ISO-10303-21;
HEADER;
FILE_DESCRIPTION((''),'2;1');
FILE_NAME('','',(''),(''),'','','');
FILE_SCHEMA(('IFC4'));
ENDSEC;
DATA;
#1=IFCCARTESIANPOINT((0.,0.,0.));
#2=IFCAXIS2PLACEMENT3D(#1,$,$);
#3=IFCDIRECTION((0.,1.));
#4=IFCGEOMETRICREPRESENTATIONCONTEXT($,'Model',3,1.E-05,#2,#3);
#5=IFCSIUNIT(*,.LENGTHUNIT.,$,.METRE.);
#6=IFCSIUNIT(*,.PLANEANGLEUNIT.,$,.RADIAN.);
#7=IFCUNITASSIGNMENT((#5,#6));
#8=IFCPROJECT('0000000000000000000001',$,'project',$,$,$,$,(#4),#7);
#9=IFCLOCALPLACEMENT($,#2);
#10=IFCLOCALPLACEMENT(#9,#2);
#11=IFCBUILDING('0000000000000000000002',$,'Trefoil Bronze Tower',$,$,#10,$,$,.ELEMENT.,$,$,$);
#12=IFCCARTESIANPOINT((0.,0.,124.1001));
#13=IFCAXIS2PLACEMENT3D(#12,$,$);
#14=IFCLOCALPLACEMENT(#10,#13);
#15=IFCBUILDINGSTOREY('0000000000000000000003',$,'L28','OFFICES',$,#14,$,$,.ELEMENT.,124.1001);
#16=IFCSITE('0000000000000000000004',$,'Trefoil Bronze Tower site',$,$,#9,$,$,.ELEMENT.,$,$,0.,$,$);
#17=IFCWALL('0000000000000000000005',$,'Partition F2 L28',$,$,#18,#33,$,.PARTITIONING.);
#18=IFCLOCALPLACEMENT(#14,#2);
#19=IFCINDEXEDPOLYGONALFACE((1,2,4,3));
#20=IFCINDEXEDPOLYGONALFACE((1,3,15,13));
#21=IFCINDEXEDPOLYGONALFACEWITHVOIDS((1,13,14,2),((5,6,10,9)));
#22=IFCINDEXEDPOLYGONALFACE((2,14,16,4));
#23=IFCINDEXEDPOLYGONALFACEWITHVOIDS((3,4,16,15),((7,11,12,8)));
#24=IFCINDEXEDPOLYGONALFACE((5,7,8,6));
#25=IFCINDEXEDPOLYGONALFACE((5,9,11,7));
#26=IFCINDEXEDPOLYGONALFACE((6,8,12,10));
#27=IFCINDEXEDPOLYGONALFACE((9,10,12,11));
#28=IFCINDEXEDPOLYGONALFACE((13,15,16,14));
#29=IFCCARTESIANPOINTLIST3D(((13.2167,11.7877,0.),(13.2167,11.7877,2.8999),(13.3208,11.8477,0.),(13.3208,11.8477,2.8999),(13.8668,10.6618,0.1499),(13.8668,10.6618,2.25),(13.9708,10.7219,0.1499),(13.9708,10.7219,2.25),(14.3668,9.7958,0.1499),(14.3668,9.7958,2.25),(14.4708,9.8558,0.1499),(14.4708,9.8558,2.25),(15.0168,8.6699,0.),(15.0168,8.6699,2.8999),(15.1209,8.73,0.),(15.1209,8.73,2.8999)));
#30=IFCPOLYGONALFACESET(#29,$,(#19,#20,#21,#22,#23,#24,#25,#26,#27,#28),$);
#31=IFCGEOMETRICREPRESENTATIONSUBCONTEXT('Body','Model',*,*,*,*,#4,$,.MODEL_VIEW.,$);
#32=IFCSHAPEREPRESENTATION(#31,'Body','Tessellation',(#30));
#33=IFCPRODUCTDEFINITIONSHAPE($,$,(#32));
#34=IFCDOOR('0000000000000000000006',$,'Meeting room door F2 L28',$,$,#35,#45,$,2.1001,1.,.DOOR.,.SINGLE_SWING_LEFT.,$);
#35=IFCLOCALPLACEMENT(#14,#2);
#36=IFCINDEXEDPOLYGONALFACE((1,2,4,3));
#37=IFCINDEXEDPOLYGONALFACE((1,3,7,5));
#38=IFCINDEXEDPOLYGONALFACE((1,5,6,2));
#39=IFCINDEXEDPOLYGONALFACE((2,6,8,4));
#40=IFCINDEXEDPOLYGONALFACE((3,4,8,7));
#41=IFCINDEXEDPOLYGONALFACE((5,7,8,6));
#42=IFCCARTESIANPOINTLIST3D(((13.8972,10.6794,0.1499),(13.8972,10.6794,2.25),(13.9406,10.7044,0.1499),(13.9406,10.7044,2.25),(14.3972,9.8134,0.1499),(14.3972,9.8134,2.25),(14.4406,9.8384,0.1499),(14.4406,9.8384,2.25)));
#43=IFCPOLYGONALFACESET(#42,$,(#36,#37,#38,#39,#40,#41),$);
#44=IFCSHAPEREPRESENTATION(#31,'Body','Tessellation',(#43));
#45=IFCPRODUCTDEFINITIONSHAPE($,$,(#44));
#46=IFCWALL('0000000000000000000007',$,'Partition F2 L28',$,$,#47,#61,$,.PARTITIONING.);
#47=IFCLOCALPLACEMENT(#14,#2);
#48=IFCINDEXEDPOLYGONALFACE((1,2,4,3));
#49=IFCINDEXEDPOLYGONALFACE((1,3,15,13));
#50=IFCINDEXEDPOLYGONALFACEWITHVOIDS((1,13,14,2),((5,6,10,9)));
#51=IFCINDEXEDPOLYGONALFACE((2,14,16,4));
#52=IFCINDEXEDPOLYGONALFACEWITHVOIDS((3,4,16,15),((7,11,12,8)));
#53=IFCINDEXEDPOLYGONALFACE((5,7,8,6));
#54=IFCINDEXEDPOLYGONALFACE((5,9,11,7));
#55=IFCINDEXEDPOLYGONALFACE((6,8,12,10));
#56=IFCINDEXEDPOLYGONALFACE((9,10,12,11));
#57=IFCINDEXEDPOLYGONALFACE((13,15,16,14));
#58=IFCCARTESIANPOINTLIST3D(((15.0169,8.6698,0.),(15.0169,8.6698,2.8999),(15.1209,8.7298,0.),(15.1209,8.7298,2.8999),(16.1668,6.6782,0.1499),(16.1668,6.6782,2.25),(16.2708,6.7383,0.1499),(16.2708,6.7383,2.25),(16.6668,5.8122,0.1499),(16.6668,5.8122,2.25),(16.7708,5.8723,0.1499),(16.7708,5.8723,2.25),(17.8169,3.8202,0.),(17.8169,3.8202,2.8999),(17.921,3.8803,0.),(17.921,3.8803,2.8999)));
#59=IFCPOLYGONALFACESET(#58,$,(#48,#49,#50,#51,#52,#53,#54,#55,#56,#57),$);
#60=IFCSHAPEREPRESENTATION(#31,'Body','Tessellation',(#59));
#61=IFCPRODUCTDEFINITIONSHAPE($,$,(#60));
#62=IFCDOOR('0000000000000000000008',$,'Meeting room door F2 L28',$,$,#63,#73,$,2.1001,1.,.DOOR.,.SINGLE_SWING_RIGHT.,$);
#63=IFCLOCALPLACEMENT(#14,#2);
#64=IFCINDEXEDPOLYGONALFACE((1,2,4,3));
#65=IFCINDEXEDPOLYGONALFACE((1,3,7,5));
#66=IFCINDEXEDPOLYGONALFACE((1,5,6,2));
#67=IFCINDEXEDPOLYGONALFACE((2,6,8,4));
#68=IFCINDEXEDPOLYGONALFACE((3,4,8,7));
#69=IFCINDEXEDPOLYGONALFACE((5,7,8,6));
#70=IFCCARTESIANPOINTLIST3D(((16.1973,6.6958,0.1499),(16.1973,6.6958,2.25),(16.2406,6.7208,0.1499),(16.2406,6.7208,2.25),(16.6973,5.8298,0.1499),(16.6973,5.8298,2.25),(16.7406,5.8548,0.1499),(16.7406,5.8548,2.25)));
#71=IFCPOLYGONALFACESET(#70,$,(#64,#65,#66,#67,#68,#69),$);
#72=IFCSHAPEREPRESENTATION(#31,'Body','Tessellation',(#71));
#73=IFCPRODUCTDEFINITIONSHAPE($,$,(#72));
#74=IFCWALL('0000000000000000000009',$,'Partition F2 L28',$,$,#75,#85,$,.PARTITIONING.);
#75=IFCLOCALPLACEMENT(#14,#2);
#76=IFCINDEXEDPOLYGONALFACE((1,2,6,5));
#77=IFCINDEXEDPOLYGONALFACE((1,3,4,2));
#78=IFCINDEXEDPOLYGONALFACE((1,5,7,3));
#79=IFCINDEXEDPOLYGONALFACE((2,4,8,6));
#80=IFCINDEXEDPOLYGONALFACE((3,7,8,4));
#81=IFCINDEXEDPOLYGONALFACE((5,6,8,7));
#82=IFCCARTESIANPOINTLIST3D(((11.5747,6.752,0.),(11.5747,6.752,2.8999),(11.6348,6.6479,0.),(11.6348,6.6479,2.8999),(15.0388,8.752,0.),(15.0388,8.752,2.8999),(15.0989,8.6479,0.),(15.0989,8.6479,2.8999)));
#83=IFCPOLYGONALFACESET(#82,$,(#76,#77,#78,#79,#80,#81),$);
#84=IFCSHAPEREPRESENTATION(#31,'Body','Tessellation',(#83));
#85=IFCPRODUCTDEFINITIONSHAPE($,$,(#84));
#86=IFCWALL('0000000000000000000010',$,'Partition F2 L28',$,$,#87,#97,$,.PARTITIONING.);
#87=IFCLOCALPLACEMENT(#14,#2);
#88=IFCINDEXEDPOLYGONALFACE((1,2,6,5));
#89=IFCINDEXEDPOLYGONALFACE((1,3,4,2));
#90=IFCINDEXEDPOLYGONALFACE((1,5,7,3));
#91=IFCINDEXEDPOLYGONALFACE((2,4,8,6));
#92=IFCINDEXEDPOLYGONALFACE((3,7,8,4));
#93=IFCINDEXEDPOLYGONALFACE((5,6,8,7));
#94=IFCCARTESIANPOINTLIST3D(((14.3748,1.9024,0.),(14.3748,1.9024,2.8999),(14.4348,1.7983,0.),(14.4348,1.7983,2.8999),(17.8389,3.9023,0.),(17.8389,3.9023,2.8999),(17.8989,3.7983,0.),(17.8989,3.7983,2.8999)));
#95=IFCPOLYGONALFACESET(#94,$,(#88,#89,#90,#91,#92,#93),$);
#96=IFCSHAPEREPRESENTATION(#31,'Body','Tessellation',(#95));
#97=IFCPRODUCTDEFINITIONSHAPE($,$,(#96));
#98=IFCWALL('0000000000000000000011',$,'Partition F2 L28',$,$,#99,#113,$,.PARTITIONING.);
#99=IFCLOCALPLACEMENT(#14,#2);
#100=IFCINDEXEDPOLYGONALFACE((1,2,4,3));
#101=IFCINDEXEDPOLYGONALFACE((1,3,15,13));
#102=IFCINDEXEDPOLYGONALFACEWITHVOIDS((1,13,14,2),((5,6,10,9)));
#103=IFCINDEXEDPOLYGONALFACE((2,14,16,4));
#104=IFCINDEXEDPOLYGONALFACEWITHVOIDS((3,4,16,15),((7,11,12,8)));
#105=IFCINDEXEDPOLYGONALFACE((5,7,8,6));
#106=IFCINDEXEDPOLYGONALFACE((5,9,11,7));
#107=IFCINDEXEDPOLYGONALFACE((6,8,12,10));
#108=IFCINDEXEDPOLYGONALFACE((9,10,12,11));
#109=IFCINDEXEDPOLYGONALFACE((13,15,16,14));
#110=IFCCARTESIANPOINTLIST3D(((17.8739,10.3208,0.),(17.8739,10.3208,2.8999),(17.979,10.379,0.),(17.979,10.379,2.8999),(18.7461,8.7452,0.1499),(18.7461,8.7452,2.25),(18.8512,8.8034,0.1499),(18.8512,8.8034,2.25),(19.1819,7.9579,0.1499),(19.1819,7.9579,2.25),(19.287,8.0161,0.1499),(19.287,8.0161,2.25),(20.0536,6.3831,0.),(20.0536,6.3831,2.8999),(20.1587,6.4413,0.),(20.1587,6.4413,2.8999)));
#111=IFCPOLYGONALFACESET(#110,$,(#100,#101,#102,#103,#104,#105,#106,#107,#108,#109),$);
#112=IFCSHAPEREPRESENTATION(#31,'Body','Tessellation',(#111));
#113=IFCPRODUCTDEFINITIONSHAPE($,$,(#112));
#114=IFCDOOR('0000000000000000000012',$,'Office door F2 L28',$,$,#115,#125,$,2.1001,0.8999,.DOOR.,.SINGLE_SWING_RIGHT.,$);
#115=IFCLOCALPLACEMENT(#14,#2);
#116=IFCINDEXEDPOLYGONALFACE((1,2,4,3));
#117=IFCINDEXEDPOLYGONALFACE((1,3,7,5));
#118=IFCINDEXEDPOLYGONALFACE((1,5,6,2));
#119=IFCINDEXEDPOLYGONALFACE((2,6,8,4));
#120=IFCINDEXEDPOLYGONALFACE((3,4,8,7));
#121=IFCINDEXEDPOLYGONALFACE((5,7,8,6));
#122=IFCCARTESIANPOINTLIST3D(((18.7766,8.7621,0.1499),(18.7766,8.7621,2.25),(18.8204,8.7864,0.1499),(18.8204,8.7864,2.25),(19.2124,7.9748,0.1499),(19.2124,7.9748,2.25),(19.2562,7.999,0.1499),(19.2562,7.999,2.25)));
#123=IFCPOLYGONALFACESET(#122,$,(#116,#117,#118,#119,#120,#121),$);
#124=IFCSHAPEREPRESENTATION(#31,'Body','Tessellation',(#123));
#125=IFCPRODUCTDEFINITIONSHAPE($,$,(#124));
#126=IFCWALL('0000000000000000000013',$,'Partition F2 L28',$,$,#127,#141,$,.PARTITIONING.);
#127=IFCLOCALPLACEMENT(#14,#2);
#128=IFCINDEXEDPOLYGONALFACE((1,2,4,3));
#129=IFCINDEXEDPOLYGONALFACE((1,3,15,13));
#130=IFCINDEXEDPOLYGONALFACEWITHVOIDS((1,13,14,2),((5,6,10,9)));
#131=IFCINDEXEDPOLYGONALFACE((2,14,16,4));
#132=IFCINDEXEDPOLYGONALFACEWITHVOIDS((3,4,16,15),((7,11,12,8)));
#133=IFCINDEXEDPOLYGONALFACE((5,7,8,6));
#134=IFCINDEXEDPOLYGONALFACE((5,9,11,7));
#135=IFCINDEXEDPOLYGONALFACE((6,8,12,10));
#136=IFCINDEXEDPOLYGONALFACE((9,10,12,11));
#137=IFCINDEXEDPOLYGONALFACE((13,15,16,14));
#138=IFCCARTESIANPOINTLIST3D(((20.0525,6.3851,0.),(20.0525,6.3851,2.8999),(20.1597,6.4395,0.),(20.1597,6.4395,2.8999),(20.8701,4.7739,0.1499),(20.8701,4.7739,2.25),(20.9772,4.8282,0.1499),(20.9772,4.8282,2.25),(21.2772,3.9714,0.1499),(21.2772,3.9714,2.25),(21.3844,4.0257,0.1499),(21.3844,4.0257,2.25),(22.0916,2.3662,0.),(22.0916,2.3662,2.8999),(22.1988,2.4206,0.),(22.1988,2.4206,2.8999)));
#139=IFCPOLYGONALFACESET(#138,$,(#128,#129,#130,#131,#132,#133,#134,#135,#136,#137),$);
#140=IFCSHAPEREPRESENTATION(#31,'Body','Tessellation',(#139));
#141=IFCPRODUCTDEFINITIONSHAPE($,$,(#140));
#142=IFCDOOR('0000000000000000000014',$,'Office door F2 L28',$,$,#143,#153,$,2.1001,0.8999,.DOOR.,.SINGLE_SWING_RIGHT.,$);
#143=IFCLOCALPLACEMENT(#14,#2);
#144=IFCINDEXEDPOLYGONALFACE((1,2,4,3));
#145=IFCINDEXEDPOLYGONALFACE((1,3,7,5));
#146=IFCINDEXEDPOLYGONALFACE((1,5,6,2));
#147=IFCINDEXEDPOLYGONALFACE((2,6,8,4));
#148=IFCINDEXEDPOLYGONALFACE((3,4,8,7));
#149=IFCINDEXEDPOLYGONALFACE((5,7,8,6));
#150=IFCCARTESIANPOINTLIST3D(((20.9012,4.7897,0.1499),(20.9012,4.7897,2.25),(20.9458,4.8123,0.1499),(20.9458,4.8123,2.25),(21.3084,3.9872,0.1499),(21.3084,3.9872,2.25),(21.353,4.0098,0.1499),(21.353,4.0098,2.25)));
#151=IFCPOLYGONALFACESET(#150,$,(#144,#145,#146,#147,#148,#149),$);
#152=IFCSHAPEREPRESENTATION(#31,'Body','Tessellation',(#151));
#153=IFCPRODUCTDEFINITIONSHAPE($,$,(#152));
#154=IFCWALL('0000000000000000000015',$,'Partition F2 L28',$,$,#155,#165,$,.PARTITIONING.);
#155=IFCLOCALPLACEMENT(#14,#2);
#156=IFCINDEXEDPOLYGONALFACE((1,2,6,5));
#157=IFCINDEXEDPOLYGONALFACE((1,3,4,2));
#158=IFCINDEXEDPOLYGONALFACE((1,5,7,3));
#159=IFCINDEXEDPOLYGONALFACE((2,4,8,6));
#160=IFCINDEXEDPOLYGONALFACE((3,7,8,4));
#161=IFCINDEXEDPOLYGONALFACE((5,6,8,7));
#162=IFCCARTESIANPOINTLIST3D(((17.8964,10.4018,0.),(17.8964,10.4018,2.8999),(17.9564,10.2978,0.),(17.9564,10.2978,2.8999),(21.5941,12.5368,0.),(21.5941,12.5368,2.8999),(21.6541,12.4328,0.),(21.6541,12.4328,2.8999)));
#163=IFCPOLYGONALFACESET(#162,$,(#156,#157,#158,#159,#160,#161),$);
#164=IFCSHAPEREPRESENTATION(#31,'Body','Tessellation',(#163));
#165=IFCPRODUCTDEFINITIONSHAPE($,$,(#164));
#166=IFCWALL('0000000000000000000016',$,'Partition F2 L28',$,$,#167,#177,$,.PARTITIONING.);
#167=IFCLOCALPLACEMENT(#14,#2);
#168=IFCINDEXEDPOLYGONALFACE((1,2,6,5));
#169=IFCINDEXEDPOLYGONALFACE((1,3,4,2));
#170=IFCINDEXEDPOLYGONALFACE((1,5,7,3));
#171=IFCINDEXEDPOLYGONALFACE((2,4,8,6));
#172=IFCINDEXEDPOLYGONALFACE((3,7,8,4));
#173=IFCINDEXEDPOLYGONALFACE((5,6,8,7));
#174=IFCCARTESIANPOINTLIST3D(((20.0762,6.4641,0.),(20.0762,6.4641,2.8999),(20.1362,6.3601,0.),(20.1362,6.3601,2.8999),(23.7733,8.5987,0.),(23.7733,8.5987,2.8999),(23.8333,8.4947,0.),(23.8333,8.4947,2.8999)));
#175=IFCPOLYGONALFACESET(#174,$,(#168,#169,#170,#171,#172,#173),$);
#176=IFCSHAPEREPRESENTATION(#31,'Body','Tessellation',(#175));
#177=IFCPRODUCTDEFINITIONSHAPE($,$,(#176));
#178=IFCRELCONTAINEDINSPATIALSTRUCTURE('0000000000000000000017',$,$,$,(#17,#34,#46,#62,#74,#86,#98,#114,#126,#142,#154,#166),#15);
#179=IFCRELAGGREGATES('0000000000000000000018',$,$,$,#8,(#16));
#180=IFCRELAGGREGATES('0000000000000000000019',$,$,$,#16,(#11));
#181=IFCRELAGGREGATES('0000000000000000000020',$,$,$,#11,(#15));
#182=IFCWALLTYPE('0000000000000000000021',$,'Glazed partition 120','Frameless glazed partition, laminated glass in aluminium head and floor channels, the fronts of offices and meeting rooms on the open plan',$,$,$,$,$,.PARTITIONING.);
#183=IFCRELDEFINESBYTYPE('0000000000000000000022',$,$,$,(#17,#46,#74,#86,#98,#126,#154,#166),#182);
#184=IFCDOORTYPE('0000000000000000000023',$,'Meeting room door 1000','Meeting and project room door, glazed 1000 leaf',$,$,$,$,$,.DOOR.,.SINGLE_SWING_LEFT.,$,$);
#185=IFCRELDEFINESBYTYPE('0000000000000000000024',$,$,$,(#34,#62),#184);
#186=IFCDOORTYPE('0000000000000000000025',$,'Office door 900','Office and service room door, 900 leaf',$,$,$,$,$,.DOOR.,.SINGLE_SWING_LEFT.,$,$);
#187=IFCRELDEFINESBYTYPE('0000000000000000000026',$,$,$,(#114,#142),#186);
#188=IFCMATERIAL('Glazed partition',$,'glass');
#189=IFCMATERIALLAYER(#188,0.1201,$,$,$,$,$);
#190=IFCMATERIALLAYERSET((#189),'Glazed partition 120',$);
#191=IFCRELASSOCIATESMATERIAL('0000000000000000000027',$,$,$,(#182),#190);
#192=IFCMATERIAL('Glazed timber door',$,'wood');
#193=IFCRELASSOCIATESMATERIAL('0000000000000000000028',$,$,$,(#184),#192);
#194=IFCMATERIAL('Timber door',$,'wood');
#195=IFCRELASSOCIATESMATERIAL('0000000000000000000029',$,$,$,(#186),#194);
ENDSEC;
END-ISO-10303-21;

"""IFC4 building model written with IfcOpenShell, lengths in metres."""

from ifc_helpers import new_model, si_unit, direction, frame, frame_2d, origin, place, context, subcontext, project, spatial, rectangle, extrude, material, layer, layer_set, type_object, element, fill, save


model = new_model("IFC4")

# Units and contexts
model_context = context("Model", 3, precision=1e-05, world=origin(), true_north=direction((0.0, 1.0)))
body_context = subcontext(model_context, "Body", "Model", "MODEL_VIEW")
ifc_project = project(units=[si_unit("LENGTHUNIT", "METRE"), si_unit("PLANEANGLEUNIT", "RADIAN")], contexts=[model_context])

# Site, building, storey
site_placement = place(None, origin())
site = spatial("IfcSite", under=ifc_project, at=site_placement, Name="Trefoil Bronze Tower site", CompositionType="ELEMENT", RefElevation=0.0)
building_placement = place(site_placement, origin())
building = spatial("IfcBuilding", under=site, at=building_placement, Name="Trefoil Bronze Tower", CompositionType="ELEMENT")
storey_placement = place(building_placement, frame((0.0, 0.0, 124.1001)))
storey = spatial("IfcBuildingStorey", under=building, at=storey_placement, Name="L28", Description="OFFICES", CompositionType="ELEMENT", Elevation=124.1001)

# Walls, openings, doors
ifc_material_1 = material(Name="Glazed partition", Category="glass")
ifc_layer_1 = layer(ifc_material_1, 0.1201)
ifc_layer_set_1 = layer_set([ifc_layer_1], Name="Glazed partition 120")
wall_type_1 = type_object("IfcWallType", Name="Glazed partition 120", Description="Frameless glazed partition, laminated glass in aluminium head and floor channels, the fronts of offices and meeting rooms on the open plan", PredefinedType="PARTITIONING", material=ifc_layer_set_1)
wall_1_placement = place(storey_placement, frame((15.0688, 8.7, 0.0), z_axis=(0.0, 0.0, 1.0), x_axis=(-0.500012, 0.866018, 0.0)))
wall_1 = element("IfcWall", 1, at=wall_1_placement, inside=storey, type_object=wall_type_1, Name="Partition F2 L28", PredefinedType="PARTITIONING", context=body_context, shape_type="SweptSolid", body=[
    extrude(rectangle(XDim=3.6001, YDim=0.1201, at=frame_2d((1.8, 0.0))), origin(), (0.0, 0.0, 1.0), 2.8999),
])
opening_1_placement = place(wall_1_placement, frame((1.3, 0.0, 0.1499)))
opening_1 = element("IfcOpeningElement", 2, at=opening_1_placement, cuts=wall_1, PredefinedType="OPENING", context=body_context, shape_type="SweptSolid", body=[
    extrude(rectangle(XDim=1.0, YDim=2.1001, at=frame_2d((0.5, 1.05))), frame((0.0, 0.0701, 0.0), z_axis=(0.0, -1.0, 0.0), x_axis=(1.0, 0.0, 0.0)), (0.0, 0.0, 1.0), 0.1401),
])
ifc_material_2 = material(Name="Glazed timber door", Category="wood")
door_type_1 = type_object("IfcDoorType", Name="Meeting room door 1000", Description="Meeting and project room door, glazed 1000 leaf", OperationType="SINGLE_SWING_LEFT", PredefinedType="DOOR", material=ifc_material_2)
door_1_placement = place(opening_1_placement, origin())
door_1 = element("IfcDoor", 3, at=door_1_placement, inside=storey, type_object=door_type_1, Name="Meeting room door F2 L28", OperationType="SINGLE_SWING_LEFT", OverallHeight=2.1001, OverallWidth=1.0, PredefinedType="DOOR", context=body_context, shape_type="SweptSolid", body=[
    extrude(rectangle(XDim=1.0, YDim=2.1001, at=frame_2d((0.5, 1.05))), frame((0.0, 0.0249, 0.0), z_axis=(0.0, -1.0, 0.0), x_axis=(1.0, 0.0, 0.0)), (0.0, 0.0, 1.0), 0.05),
])
fill(opening_1, door_1)
wall_2_placement = place(storey_placement, frame((17.8689, 3.8503, 0.0), z_axis=(0.0, 0.0, 1.0), x_axis=(-0.500017, 0.866016, 0.0)))
wall_2 = element("IfcWall", 4, at=wall_2_placement, inside=storey, type_object=wall_type_1, Name="Partition F2 L28", PredefinedType="PARTITIONING", context=body_context, shape_type="SweptSolid", body=[
    extrude(rectangle(XDim=5.5999, YDim=0.1201, at=frame_2d((2.7998, 0.0))), origin(), (0.0, 0.0, 1.0), 2.8999),
])
opening_2_placement = place(wall_2_placement, frame((2.3, 0.0, 0.1499)))
opening_2 = element("IfcOpeningElement", 5, at=opening_2_placement, cuts=wall_2, PredefinedType="OPENING", context=body_context, shape_type="SweptSolid", body=[
    extrude(rectangle(XDim=1.0, YDim=2.1001, at=frame_2d((0.5, 1.05))), frame((0.0, 0.0701, 0.0), z_axis=(0.0, -1.0, 0.0), x_axis=(1.0, 0.0, 0.0)), (0.0, 0.0, 1.0), 0.1401),
])
door_2_placement = place(opening_2_placement, origin())
door_2 = element("IfcDoor", 6, at=door_2_placement, inside=storey, type_object=door_type_1, Name="Meeting room door F2 L28", OperationType="SINGLE_SWING_RIGHT", OverallHeight=2.1001, OverallWidth=1.0, PredefinedType="DOOR", context=body_context, shape_type="SweptSolid", body=[
    extrude(rectangle(XDim=1.0, YDim=2.1001, at=frame_2d((0.5, 1.05))), frame((0.0, 0.0249, 0.0), z_axis=(0.0, -1.0, 0.0), x_axis=(1.0, 0.0, 0.0)), (0.0, 0.0, 1.0), 0.05),
])
fill(opening_2, door_2)

# Walls
for number, where, z_axis, x_axis, name in (
    (7, (11.6047, 6.7, 0.0), (0.0, 0.0, 1.0), (0.866026, 0.499999, 0.0), "Partition F2 L28"),
    (8, (14.4048, 1.8503, 0.0), (0.0, 0.0, 1.0), (0.866026, 0.499999, 0.0), "Partition F2 L28"),
):
    element("IfcWall", number, at=place(storey_placement, frame(where, z_axis=z_axis, x_axis=x_axis)), inside=storey, type_object=wall_type_1, Name=name, PredefinedType="PARTITIONING", context=body_context, shape_type="SweptSolid", body=[
        extrude(rectangle(XDim=4.0, YDim=0.1201, at=frame_2d((2.0, 0.0))), origin(), (0.0, 0.0, 1.0), 2.8999),
    ])

# Walls, openings, doors
wall_3_placement = place(storey_placement, frame((20.1062, 6.4121, 0.0), z_axis=(0.0, 0.0, 1.0), x_axis=(-0.484293, 0.874906, 0.0)))
wall_3 = element("IfcWall", 9, at=wall_3_placement, inside=storey, type_object=wall_type_1, Name="Partition F2 L28", PredefinedType="PARTITIONING", context=body_context, shape_type="SweptSolid", body=[
    extrude(rectangle(XDim=4.5007, YDim=0.1201, at=frame_2d((2.2505, 0.0))), origin(), (0.0, 0.0, 1.0), 2.8999),
])
opening_3_placement = place(wall_3_placement, frame((1.8, 0.0, 0.1499)))
opening_3 = element("IfcOpeningElement", 10, at=opening_3_placement, cuts=wall_3, PredefinedType="OPENING", context=body_context, shape_type="SweptSolid", body=[
    extrude(rectangle(XDim=0.8999, YDim=2.1001, at=frame_2d((0.45, 1.05))), frame((0.0, 0.0701, 0.0), z_axis=(0.0, -1.0, 0.0), x_axis=(1.0, 0.0, 0.0)), (0.0, 0.0, 1.0), 0.1401),
])
ifc_material_3 = material(Name="Timber door", Category="wood")
door_type_2 = type_object("IfcDoorType", Name="Office door 900", Description="Office and service room door, 900 leaf", OperationType="SINGLE_SWING_LEFT", PredefinedType="DOOR", material=ifc_material_3)
door_3_placement = place(opening_3_placement, frame((0.8999, 0.0, 0.0), z_axis=(0.0, 0.0, 1.0), x_axis=(-1.0, 0.0, 0.0)))
door_3 = element("IfcDoor", 11, at=door_3_placement, inside=storey, type_object=door_type_2, Name="Office door F2 L28", OperationType="SINGLE_SWING_RIGHT", OverallHeight=2.1001, OverallWidth=0.8999, PredefinedType="DOOR", context=body_context, shape_type="SweptSolid", body=[
    extrude(rectangle(XDim=0.8999, YDim=2.1001, at=frame_2d((0.45, 1.05))), frame((0.0, 0.0249, 0.0), z_axis=(0.0, -1.0, 0.0), x_axis=(1.0, 0.0, 0.0)), (0.0, 0.0, 1.0), 0.05),
])
fill(opening_3, door_3)
wall_4_placement = place(storey_placement, frame((22.1453, 2.3933, 0.0), z_axis=(0.0, 0.0, 1.0), x_axis=(-0.452472, 0.891779, 0.0)))
wall_4 = element("IfcWall", 12, at=wall_4_placement, inside=storey, type_object=wall_type_1, Name="Partition F2 L28", PredefinedType="PARTITIONING", context=body_context, shape_type="SweptSolid", body=[
    extrude(rectangle(XDim=4.5066, YDim=0.1201, at=frame_2d((2.2534, 0.0))), origin(), (0.0, 0.0, 1.0), 2.8999),
])
opening_4_placement = place(wall_4_placement, frame((1.8, 0.0, 0.1499)))
opening_4 = element("IfcOpeningElement", 13, at=opening_4_placement, cuts=wall_4, PredefinedType="OPENING", context=body_context, shape_type="SweptSolid", body=[
    extrude(rectangle(XDim=0.8999, YDim=2.1001, at=frame_2d((0.45, 1.05))), frame((0.0, 0.0701, 0.0), z_axis=(0.0, -1.0, 0.0), x_axis=(1.0, 0.0, 0.0)), (0.0, 0.0, 1.0), 0.1401),
])
door_4_placement = place(opening_4_placement, frame((0.8999, 0.0, 0.0), z_axis=(0.0, 0.0, 1.0), x_axis=(-1.0, 0.0, 0.0)))
door_4 = element("IfcDoor", 14, at=door_4_placement, inside=storey, type_object=door_type_2, Name="Office door F2 L28", OperationType="SINGLE_SWING_RIGHT", OverallHeight=2.1001, OverallWidth=0.8999, PredefinedType="DOOR", context=body_context, shape_type="SweptSolid", body=[
    extrude(rectangle(XDim=0.8999, YDim=2.1001, at=frame_2d((0.45, 1.05))), frame((0.0, 0.0249, 0.0), z_axis=(0.0, -1.0, 0.0), x_axis=(1.0, 0.0, 0.0)), (0.0, 0.0, 1.0), 0.05),
])
fill(opening_4, door_4)

# Walls
wall_5_placement = place(storey_placement, frame((17.9265, 10.3499, 0.0), z_axis=(0.0, 0.0, 1.0), x_axis=(0.866014, 0.500019, 0.0)))
element("IfcWall", 15, at=wall_5_placement, inside=storey, type_object=wall_type_1, Name="Partition F2 L28", PredefinedType="PARTITIONING", context=body_context, shape_type="SweptSolid", body=[
    extrude(rectangle(XDim=4.2698, YDim=0.1201, at=frame_2d((2.1348, 0.0))), origin(), (0.0, 0.0, 1.0), 2.8999),
])
wall_6_placement = place(storey_placement, frame((20.1062, 6.4121, 0.0), z_axis=(0.0, 0.0, 1.0), x_axis=(0.866021, 0.500008, 0.0)))
element("IfcWall", 16, at=wall_6_placement, inside=storey, type_object=wall_type_1, Name="Partition F2 L28", PredefinedType="PARTITIONING", context=body_context, shape_type="SweptSolid", body=[
    extrude(rectangle(XDim=4.269, YDim=0.1201, at=frame_2d((2.1345, 0.0))), origin(), (0.0, 0.0, 1.0), 2.8999),
])

save(model, "model.ifc")
